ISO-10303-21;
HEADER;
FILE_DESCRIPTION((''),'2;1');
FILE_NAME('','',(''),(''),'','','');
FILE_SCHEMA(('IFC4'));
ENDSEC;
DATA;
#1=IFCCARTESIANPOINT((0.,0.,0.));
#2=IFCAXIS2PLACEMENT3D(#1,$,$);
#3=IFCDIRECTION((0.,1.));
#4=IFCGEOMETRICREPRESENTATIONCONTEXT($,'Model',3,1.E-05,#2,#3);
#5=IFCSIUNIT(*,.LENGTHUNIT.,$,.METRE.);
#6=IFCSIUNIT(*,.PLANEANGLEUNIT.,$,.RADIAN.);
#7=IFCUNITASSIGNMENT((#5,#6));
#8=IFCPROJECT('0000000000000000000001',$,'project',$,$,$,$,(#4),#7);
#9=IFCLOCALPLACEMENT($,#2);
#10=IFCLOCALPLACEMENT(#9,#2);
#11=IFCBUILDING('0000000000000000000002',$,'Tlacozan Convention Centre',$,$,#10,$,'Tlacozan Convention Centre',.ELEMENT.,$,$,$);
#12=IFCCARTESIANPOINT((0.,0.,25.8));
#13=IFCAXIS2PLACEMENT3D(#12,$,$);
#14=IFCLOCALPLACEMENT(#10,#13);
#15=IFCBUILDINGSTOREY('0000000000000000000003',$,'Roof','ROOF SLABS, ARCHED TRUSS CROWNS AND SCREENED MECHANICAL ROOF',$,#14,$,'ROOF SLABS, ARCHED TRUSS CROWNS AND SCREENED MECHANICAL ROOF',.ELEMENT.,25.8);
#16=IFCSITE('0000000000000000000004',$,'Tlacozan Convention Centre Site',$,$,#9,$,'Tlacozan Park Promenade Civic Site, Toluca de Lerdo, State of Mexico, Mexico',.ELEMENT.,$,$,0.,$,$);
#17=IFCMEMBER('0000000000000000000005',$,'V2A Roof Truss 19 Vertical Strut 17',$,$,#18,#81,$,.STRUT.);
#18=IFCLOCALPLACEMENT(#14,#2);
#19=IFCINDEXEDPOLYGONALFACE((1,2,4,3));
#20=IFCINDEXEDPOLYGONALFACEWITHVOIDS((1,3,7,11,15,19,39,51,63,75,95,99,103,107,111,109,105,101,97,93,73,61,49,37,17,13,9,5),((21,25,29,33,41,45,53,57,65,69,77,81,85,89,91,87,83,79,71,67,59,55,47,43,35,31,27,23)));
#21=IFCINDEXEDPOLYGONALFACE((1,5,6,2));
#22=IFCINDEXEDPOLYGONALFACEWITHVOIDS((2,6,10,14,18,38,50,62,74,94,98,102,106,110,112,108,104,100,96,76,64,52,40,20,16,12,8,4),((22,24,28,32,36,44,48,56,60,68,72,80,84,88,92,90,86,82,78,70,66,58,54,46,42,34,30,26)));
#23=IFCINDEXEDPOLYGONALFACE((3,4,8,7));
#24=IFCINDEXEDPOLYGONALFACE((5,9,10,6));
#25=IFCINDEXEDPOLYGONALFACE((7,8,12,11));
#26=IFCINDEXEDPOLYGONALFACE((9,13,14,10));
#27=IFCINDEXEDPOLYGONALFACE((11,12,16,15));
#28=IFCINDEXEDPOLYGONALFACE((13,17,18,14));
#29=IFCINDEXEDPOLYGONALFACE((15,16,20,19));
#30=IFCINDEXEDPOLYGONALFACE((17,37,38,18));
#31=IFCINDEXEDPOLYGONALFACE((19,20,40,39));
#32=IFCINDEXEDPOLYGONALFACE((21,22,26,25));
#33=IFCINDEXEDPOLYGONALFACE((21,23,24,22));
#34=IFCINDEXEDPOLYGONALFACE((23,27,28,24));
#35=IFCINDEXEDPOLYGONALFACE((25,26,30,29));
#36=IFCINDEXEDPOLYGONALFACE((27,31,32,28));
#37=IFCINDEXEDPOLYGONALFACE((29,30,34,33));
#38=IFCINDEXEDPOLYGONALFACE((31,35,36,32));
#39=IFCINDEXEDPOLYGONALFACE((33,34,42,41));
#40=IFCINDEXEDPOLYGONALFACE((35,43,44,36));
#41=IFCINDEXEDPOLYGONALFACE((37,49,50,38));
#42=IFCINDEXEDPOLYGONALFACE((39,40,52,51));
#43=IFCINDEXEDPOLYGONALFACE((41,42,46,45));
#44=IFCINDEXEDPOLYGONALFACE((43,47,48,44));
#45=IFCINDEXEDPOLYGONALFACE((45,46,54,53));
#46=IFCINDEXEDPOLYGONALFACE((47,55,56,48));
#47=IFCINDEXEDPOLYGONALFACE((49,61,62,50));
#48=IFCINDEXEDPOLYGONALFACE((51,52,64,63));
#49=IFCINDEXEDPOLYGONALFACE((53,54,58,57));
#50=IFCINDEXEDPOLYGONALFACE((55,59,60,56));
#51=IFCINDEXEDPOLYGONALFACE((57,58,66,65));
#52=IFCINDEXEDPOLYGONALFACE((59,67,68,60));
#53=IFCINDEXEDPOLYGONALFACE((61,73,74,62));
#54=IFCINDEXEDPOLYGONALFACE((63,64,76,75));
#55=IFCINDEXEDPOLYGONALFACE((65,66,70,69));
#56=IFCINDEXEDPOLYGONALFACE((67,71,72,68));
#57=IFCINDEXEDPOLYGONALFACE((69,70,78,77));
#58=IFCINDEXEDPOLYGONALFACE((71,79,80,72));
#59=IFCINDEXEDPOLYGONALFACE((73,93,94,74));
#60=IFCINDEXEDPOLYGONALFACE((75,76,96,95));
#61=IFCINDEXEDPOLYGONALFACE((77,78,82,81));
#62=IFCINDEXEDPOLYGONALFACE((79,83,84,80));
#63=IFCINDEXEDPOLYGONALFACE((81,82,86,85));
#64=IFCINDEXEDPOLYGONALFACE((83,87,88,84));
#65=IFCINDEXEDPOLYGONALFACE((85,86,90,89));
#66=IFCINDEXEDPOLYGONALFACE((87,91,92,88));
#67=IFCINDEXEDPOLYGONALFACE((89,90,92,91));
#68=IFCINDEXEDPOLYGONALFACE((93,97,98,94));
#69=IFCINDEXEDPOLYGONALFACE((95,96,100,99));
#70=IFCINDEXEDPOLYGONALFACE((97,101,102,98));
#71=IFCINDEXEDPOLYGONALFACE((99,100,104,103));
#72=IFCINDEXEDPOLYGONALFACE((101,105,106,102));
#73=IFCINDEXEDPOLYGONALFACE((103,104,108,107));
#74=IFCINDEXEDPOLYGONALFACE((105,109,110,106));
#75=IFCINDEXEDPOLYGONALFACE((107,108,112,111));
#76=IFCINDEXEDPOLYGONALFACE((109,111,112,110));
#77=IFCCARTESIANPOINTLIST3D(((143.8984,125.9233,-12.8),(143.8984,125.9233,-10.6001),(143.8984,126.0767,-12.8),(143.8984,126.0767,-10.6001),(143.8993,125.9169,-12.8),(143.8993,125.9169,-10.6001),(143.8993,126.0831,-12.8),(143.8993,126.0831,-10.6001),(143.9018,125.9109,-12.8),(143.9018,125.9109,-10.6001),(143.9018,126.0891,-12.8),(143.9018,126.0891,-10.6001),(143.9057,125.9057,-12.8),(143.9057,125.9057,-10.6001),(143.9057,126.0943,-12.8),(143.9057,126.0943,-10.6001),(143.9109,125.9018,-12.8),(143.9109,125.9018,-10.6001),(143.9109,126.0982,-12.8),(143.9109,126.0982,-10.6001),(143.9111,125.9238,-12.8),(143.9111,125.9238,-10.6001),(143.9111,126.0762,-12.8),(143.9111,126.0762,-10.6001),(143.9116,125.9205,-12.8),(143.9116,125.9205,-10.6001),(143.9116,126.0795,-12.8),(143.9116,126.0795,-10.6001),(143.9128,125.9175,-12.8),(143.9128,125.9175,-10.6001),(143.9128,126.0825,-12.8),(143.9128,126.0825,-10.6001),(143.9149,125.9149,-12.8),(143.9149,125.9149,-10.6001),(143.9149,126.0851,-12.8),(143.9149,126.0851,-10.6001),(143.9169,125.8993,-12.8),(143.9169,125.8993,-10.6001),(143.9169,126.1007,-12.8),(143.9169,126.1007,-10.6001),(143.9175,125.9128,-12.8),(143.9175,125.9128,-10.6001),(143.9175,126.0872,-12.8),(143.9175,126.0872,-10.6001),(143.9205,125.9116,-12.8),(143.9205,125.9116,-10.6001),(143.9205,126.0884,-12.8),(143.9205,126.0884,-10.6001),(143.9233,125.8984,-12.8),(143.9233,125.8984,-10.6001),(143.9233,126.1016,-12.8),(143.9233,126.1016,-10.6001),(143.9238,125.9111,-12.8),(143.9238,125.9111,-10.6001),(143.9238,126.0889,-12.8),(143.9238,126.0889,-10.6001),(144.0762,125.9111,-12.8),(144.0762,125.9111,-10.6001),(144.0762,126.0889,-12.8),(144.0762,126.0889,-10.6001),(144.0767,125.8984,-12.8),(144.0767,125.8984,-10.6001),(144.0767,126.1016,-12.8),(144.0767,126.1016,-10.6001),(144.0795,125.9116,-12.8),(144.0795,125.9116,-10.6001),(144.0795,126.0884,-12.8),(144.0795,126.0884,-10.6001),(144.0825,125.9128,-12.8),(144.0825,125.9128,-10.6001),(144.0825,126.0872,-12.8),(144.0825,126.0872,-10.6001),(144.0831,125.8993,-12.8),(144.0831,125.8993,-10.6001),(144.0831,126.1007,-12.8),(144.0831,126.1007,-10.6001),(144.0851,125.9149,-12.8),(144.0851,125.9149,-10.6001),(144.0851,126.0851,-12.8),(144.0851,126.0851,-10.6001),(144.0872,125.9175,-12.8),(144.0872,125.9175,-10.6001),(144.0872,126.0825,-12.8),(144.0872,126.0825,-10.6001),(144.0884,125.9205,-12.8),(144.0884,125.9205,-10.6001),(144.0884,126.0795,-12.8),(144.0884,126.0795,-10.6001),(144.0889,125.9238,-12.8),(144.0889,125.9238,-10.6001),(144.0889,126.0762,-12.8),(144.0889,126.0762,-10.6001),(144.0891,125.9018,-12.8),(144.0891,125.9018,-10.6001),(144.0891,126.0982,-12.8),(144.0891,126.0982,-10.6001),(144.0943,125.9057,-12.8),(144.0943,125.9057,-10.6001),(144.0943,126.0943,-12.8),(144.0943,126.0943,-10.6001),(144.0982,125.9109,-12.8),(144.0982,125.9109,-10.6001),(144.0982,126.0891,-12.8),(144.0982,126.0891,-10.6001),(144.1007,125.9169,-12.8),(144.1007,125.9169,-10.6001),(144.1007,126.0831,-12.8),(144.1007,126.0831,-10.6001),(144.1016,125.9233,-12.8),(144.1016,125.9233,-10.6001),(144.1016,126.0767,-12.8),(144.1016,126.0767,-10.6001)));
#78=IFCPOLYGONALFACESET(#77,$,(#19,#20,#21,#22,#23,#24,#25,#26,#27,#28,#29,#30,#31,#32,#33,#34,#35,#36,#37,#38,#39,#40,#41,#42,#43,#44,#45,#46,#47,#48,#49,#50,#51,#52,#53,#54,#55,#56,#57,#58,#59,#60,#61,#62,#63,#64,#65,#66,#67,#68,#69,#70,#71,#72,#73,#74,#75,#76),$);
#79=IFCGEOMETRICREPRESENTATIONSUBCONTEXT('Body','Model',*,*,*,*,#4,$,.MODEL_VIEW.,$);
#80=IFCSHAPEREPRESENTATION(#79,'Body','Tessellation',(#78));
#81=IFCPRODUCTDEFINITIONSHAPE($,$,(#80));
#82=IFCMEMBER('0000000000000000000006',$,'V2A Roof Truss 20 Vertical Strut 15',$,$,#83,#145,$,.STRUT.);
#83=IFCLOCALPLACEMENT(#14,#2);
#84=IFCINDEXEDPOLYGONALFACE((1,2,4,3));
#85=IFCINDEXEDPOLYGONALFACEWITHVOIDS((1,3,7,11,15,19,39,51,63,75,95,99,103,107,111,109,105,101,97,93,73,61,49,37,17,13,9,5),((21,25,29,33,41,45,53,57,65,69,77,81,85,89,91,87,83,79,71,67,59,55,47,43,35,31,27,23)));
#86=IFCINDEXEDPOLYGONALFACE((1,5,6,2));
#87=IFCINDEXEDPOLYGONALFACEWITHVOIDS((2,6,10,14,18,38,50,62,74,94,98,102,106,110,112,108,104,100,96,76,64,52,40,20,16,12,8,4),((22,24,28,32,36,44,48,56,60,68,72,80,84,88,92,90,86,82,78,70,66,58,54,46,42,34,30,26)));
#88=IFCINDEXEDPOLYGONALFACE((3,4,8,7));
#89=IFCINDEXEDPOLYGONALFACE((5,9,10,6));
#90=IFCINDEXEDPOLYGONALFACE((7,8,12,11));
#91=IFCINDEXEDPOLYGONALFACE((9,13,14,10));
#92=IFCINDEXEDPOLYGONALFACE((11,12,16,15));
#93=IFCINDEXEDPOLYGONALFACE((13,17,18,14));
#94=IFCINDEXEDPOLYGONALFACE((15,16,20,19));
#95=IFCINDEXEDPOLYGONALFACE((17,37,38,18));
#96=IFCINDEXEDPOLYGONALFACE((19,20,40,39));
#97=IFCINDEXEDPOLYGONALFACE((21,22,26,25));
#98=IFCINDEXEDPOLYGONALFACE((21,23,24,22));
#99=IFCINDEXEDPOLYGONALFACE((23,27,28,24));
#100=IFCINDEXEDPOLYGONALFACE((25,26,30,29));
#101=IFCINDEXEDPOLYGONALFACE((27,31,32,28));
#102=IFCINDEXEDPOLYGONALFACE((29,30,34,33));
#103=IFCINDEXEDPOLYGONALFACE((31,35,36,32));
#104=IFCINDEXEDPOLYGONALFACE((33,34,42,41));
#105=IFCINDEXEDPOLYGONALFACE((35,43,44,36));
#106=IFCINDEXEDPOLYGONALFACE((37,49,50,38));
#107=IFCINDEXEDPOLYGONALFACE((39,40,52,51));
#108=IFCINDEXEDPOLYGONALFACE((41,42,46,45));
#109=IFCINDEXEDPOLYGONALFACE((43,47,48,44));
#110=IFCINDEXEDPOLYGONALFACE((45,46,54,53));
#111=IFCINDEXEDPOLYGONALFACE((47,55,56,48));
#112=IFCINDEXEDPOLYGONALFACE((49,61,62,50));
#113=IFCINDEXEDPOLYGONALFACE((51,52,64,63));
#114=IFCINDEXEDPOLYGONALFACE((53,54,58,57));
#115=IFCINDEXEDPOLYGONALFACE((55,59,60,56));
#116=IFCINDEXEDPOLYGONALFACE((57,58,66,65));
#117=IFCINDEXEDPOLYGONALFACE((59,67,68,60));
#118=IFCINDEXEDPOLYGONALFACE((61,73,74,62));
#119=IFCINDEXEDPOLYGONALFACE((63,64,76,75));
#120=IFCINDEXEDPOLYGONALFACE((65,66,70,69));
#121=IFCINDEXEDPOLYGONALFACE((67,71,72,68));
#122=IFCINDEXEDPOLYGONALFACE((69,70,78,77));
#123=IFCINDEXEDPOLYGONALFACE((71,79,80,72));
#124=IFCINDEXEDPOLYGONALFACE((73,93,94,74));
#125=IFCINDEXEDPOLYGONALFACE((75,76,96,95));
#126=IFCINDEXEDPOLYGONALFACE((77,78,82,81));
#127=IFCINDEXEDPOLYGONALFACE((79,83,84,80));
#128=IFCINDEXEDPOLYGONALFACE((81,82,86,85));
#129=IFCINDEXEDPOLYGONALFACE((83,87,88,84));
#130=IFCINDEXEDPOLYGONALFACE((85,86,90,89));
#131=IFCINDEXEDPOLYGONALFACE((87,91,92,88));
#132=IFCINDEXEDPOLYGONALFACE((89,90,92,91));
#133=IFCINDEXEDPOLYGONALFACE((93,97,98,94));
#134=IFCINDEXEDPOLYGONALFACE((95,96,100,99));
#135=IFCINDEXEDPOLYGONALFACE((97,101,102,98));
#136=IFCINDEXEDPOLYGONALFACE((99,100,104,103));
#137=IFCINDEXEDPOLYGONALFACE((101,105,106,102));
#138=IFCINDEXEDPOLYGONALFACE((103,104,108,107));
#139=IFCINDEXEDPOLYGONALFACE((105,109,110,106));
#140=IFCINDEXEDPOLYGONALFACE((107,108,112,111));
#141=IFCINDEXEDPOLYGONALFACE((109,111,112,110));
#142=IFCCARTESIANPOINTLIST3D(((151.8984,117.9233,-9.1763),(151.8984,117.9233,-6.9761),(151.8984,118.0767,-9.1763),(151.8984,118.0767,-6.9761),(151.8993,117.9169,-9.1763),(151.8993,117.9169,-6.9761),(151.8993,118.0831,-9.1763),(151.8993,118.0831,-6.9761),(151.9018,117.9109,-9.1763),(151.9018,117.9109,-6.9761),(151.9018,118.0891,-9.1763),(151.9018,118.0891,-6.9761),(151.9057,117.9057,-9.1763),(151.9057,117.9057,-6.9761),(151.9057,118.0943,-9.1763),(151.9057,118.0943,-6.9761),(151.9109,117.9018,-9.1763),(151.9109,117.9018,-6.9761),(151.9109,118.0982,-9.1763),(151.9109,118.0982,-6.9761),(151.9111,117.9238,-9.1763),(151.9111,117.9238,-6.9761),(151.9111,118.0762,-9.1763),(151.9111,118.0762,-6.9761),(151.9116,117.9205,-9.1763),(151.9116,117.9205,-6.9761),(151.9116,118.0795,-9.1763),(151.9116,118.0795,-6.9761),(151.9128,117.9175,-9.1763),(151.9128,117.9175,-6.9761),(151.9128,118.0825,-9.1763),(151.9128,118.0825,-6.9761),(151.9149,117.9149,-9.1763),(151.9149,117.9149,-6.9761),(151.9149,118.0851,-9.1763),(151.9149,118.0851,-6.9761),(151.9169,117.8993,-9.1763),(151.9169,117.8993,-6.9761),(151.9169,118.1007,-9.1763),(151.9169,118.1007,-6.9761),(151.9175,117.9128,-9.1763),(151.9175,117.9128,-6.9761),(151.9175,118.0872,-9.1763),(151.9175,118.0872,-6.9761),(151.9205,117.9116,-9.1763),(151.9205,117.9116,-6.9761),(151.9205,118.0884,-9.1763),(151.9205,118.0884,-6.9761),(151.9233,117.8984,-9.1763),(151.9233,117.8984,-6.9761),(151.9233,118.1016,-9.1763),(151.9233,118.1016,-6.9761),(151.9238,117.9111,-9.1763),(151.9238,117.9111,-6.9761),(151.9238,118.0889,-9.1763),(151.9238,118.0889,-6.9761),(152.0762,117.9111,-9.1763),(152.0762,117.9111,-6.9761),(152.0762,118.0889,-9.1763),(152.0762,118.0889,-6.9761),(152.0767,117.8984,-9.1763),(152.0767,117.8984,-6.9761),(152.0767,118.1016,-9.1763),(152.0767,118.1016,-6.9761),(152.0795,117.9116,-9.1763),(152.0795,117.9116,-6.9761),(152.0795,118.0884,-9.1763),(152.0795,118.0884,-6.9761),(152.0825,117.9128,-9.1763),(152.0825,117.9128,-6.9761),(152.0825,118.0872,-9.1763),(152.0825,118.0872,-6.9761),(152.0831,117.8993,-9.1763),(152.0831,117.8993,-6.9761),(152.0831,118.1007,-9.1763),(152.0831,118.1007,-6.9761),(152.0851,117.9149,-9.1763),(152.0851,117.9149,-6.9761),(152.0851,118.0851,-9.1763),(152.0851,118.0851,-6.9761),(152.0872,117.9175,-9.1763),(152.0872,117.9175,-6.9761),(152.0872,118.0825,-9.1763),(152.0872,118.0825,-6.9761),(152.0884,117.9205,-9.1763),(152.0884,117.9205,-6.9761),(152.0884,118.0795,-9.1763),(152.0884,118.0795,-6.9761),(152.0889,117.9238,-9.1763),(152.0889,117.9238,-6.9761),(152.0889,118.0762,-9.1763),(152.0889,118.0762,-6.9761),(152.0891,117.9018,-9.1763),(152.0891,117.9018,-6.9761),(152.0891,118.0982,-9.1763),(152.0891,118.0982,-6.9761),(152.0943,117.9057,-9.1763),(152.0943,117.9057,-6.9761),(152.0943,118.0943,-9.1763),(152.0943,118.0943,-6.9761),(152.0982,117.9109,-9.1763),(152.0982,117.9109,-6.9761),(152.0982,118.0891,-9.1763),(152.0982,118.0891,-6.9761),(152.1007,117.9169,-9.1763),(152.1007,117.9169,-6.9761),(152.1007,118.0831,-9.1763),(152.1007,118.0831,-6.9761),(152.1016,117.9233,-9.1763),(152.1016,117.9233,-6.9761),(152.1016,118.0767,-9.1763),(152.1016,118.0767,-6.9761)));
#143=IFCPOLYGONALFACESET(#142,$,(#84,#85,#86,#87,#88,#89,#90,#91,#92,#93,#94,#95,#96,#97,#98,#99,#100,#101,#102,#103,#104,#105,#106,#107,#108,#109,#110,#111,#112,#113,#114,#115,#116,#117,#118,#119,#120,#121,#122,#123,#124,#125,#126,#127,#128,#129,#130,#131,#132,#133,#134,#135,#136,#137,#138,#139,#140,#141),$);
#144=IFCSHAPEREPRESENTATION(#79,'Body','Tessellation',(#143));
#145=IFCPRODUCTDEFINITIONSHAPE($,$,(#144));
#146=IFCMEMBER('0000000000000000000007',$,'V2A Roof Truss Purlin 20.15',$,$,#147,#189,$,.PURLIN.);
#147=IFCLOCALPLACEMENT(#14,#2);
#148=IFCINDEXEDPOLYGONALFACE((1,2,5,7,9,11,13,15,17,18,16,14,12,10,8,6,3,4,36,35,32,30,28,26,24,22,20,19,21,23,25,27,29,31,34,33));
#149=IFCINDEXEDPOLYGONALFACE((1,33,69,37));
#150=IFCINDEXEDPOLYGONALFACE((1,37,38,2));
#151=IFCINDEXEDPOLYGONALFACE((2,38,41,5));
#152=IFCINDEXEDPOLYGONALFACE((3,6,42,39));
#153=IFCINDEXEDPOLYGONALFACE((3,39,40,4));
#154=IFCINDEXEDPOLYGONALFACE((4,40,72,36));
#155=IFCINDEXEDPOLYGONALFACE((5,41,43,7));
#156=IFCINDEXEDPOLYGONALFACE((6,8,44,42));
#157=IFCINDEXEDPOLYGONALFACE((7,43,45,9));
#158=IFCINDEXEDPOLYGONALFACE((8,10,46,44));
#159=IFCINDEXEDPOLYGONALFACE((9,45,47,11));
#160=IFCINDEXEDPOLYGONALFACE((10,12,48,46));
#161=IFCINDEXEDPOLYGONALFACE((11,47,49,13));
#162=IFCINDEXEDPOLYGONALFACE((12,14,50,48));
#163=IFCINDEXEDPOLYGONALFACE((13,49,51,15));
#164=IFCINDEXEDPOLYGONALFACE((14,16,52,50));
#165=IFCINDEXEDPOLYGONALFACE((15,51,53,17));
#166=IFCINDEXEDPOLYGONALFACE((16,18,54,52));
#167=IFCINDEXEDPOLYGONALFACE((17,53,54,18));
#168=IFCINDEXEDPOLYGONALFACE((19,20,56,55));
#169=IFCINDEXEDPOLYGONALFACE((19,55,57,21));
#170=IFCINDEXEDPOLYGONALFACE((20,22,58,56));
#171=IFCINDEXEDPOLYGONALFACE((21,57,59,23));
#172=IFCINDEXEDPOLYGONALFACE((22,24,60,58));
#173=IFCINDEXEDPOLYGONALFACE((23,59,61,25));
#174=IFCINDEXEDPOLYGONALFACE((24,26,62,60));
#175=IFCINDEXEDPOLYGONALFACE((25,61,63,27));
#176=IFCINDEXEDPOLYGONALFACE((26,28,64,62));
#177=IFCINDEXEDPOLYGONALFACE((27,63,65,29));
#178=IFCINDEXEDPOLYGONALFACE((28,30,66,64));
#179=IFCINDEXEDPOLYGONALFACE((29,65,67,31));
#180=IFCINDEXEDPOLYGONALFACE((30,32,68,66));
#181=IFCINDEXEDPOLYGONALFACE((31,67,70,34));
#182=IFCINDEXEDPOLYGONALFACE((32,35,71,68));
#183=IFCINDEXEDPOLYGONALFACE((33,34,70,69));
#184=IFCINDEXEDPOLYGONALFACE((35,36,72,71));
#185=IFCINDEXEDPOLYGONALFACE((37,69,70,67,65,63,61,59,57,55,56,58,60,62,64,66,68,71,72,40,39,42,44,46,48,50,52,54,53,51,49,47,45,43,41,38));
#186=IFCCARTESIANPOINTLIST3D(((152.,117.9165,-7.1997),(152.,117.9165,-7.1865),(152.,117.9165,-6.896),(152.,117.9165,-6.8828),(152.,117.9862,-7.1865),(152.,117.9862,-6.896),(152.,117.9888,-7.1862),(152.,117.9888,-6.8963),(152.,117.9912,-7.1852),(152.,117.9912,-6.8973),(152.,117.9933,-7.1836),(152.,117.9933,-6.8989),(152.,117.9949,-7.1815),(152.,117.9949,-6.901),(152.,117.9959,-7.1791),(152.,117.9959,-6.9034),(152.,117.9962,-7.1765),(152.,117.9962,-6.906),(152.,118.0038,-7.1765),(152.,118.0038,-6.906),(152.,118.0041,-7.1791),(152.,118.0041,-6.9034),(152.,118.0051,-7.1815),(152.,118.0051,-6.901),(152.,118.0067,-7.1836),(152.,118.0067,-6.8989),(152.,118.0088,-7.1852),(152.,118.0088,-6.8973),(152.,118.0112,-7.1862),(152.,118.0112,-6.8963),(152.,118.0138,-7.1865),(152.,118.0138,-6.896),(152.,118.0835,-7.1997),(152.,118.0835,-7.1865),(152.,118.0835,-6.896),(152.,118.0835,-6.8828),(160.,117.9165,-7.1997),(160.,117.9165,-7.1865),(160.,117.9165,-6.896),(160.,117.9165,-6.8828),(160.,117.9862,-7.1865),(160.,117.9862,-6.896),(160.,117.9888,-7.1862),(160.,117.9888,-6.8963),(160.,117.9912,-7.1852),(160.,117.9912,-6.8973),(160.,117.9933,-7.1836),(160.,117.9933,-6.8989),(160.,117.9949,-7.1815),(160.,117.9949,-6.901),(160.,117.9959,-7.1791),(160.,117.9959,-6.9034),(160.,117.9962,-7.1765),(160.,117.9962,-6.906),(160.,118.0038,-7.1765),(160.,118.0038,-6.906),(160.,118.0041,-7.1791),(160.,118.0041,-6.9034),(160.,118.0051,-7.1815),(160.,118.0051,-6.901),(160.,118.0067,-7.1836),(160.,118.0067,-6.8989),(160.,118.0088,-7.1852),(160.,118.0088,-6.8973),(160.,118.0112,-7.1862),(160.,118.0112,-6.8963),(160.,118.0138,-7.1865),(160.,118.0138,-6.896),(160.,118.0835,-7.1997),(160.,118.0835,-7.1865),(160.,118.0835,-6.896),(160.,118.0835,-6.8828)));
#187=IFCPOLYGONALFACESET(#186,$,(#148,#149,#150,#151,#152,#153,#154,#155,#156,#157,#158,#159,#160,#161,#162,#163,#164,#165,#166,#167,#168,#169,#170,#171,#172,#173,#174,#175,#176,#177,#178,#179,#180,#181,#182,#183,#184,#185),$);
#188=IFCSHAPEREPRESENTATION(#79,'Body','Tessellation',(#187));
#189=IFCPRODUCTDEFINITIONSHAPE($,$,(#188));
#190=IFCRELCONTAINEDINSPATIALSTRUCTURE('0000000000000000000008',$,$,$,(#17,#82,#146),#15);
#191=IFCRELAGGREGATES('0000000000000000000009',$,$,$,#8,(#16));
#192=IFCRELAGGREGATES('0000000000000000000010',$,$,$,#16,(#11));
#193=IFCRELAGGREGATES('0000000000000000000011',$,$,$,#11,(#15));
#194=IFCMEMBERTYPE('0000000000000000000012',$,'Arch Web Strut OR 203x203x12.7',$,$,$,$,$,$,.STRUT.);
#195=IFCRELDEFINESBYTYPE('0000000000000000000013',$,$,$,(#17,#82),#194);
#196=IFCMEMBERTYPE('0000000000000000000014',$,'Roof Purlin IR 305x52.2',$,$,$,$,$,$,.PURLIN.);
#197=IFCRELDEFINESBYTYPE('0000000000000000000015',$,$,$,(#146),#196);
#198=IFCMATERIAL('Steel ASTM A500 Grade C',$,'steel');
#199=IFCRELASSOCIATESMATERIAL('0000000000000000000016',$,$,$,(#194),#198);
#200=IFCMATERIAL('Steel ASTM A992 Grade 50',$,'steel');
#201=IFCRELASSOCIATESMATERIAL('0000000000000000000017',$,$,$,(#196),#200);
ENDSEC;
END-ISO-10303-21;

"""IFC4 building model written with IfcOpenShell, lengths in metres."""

from ifc_helpers import new_model, si_unit, direction, frame, origin, origin_2d, place, context, subcontext, project, spatial, hollow_rectangle, i_section, extrude, material, material_profile, profile_set, type_object, element, save


model = new_model("IFC4")

# Units and contexts
model_context = context("Model", 3, precision=1e-05, world=origin(), true_north=direction((0.0, 1.0)))
body_context = subcontext(model_context, "Body", "Model", "MODEL_VIEW")
ifc_project = project(units=[si_unit("LENGTHUNIT", "METRE"), si_unit("PLANEANGLEUNIT", "RADIAN")], contexts=[model_context])

# Site, building, storey
site_placement = place(None, origin())
site = spatial("IfcSite", under=ifc_project, at=site_placement, Name="Tlacozan Convention Centre Site", LongName="Tlacozan Park Promenade Civic Site, Toluca de Lerdo, State of Mexico, Mexico", CompositionType="ELEMENT", RefElevation=0.0)
building_placement = place(site_placement, origin())
building = spatial("IfcBuilding", under=site, at=building_placement, Name="Tlacozan Convention Centre", LongName="Tlacozan Convention Centre", CompositionType="ELEMENT")
storey_placement = place(building_placement, frame((0.0, 0.0, 25.8)))
storey = spatial("IfcBuildingStorey", under=building, at=storey_placement, Name="Roof", Description="ROOF SLABS, ARCHED TRUSS CROWNS AND SCREENED MECHANICAL ROOF", LongName="ROOF SLABS, ARCHED TRUSS CROWNS AND SCREENED MECHANICAL ROOF", CompositionType="ELEMENT", Elevation=25.8)

# Members
ifc_material_1 = material(Name="Steel ASTM A500 Grade C", Category="steel")
ifc_material_profile_1 = material_profile(ifc_material_1, hollow_rectangle(XDim=0.2031, YDim=0.2031, WallThickness=0.0127, InnerFilletRadius=0.0127, OuterFilletRadius=0.0249, at=origin_2d()), Name="OR 203x203x12.7")
ifc_profile_set_1 = profile_set([ifc_material_profile_1], Name="Steel ASTM A500 Grade C")
member_type_1 = type_object("IfcMemberType", Name="Arch Web Strut OR 203x203x12.7", PredefinedType="STRUT", material=ifc_profile_set_1)
member_1_placement = place(storey_placement, frame((144.0, 126.0, -12.8), z_axis=(0.0, 0.0, 1.0), x_axis=(1.0, 0.0, 0.0)))
element("IfcMember", 1, at=member_1_placement, inside=storey, type_object=member_type_1, Name="V2A Roof Truss 19 Vertical Strut 17", PredefinedType="STRUT", context=body_context, shape_type="SweptSolid", body=[
    extrude(hollow_rectangle(XDim=0.2031, YDim=0.2031, WallThickness=0.0127, InnerFilletRadius=0.0127, OuterFilletRadius=0.0249, at=origin_2d()), origin(), (0.0, 0.0, 1.0), 2.2),
])
member_2_placement = place(storey_placement, frame((152.0, 118.0, -9.1763), z_axis=(0.0, 0.0, 1.0), x_axis=(1.0, 0.0, 0.0)))
element("IfcMember", 2, at=member_2_placement, inside=storey, type_object=member_type_1, Name="V2A Roof Truss 20 Vertical Strut 15", PredefinedType="STRUT", context=body_context, shape_type="SweptSolid", body=[
    extrude(hollow_rectangle(XDim=0.2031, YDim=0.2031, WallThickness=0.0127, InnerFilletRadius=0.0127, OuterFilletRadius=0.0249, at=origin_2d()), origin(), (0.0, 0.0, 1.0), 2.2002),
])
ifc_material_2 = material(Name="Steel ASTM A992 Grade 50", Category="steel")
ifc_material_profile_2 = material_profile(ifc_material_2, i_section(OverallWidth=0.167, OverallDepth=0.3169, WebThickness=0.0076, FlangeThickness=0.0132, FilletRadius=0.01, at=origin_2d()), Name="IR 305x52.2")
ifc_profile_set_2 = profile_set([ifc_material_profile_2], Name="Steel ASTM A992 Grade 50")
member_type_2 = type_object("IfcMemberType", Name="Roof Purlin IR 305x52.2", PredefinedType="PURLIN", material=ifc_profile_set_2)
member_3_placement = place(storey_placement, frame((152.0, 118.0, -7.0413), z_axis=(1.0, 0.0, 0.0), x_axis=(0.0, 1.0, 0.0)))
element("IfcMember", 3, at=member_3_placement, inside=storey, type_object=member_type_2, Name="V2A Roof Truss Purlin 20.15", PredefinedType="PURLIN", context=body_context, shape_type="SweptSolid", body=[
    extrude(i_section(OverallWidth=0.167, OverallDepth=0.3169, WebThickness=0.0076, FlangeThickness=0.0132, FilletRadius=0.01, at=origin_2d()), origin(), (0.0, 0.0, 1.0), 8.0),
])

save(model, "model.ifc")
